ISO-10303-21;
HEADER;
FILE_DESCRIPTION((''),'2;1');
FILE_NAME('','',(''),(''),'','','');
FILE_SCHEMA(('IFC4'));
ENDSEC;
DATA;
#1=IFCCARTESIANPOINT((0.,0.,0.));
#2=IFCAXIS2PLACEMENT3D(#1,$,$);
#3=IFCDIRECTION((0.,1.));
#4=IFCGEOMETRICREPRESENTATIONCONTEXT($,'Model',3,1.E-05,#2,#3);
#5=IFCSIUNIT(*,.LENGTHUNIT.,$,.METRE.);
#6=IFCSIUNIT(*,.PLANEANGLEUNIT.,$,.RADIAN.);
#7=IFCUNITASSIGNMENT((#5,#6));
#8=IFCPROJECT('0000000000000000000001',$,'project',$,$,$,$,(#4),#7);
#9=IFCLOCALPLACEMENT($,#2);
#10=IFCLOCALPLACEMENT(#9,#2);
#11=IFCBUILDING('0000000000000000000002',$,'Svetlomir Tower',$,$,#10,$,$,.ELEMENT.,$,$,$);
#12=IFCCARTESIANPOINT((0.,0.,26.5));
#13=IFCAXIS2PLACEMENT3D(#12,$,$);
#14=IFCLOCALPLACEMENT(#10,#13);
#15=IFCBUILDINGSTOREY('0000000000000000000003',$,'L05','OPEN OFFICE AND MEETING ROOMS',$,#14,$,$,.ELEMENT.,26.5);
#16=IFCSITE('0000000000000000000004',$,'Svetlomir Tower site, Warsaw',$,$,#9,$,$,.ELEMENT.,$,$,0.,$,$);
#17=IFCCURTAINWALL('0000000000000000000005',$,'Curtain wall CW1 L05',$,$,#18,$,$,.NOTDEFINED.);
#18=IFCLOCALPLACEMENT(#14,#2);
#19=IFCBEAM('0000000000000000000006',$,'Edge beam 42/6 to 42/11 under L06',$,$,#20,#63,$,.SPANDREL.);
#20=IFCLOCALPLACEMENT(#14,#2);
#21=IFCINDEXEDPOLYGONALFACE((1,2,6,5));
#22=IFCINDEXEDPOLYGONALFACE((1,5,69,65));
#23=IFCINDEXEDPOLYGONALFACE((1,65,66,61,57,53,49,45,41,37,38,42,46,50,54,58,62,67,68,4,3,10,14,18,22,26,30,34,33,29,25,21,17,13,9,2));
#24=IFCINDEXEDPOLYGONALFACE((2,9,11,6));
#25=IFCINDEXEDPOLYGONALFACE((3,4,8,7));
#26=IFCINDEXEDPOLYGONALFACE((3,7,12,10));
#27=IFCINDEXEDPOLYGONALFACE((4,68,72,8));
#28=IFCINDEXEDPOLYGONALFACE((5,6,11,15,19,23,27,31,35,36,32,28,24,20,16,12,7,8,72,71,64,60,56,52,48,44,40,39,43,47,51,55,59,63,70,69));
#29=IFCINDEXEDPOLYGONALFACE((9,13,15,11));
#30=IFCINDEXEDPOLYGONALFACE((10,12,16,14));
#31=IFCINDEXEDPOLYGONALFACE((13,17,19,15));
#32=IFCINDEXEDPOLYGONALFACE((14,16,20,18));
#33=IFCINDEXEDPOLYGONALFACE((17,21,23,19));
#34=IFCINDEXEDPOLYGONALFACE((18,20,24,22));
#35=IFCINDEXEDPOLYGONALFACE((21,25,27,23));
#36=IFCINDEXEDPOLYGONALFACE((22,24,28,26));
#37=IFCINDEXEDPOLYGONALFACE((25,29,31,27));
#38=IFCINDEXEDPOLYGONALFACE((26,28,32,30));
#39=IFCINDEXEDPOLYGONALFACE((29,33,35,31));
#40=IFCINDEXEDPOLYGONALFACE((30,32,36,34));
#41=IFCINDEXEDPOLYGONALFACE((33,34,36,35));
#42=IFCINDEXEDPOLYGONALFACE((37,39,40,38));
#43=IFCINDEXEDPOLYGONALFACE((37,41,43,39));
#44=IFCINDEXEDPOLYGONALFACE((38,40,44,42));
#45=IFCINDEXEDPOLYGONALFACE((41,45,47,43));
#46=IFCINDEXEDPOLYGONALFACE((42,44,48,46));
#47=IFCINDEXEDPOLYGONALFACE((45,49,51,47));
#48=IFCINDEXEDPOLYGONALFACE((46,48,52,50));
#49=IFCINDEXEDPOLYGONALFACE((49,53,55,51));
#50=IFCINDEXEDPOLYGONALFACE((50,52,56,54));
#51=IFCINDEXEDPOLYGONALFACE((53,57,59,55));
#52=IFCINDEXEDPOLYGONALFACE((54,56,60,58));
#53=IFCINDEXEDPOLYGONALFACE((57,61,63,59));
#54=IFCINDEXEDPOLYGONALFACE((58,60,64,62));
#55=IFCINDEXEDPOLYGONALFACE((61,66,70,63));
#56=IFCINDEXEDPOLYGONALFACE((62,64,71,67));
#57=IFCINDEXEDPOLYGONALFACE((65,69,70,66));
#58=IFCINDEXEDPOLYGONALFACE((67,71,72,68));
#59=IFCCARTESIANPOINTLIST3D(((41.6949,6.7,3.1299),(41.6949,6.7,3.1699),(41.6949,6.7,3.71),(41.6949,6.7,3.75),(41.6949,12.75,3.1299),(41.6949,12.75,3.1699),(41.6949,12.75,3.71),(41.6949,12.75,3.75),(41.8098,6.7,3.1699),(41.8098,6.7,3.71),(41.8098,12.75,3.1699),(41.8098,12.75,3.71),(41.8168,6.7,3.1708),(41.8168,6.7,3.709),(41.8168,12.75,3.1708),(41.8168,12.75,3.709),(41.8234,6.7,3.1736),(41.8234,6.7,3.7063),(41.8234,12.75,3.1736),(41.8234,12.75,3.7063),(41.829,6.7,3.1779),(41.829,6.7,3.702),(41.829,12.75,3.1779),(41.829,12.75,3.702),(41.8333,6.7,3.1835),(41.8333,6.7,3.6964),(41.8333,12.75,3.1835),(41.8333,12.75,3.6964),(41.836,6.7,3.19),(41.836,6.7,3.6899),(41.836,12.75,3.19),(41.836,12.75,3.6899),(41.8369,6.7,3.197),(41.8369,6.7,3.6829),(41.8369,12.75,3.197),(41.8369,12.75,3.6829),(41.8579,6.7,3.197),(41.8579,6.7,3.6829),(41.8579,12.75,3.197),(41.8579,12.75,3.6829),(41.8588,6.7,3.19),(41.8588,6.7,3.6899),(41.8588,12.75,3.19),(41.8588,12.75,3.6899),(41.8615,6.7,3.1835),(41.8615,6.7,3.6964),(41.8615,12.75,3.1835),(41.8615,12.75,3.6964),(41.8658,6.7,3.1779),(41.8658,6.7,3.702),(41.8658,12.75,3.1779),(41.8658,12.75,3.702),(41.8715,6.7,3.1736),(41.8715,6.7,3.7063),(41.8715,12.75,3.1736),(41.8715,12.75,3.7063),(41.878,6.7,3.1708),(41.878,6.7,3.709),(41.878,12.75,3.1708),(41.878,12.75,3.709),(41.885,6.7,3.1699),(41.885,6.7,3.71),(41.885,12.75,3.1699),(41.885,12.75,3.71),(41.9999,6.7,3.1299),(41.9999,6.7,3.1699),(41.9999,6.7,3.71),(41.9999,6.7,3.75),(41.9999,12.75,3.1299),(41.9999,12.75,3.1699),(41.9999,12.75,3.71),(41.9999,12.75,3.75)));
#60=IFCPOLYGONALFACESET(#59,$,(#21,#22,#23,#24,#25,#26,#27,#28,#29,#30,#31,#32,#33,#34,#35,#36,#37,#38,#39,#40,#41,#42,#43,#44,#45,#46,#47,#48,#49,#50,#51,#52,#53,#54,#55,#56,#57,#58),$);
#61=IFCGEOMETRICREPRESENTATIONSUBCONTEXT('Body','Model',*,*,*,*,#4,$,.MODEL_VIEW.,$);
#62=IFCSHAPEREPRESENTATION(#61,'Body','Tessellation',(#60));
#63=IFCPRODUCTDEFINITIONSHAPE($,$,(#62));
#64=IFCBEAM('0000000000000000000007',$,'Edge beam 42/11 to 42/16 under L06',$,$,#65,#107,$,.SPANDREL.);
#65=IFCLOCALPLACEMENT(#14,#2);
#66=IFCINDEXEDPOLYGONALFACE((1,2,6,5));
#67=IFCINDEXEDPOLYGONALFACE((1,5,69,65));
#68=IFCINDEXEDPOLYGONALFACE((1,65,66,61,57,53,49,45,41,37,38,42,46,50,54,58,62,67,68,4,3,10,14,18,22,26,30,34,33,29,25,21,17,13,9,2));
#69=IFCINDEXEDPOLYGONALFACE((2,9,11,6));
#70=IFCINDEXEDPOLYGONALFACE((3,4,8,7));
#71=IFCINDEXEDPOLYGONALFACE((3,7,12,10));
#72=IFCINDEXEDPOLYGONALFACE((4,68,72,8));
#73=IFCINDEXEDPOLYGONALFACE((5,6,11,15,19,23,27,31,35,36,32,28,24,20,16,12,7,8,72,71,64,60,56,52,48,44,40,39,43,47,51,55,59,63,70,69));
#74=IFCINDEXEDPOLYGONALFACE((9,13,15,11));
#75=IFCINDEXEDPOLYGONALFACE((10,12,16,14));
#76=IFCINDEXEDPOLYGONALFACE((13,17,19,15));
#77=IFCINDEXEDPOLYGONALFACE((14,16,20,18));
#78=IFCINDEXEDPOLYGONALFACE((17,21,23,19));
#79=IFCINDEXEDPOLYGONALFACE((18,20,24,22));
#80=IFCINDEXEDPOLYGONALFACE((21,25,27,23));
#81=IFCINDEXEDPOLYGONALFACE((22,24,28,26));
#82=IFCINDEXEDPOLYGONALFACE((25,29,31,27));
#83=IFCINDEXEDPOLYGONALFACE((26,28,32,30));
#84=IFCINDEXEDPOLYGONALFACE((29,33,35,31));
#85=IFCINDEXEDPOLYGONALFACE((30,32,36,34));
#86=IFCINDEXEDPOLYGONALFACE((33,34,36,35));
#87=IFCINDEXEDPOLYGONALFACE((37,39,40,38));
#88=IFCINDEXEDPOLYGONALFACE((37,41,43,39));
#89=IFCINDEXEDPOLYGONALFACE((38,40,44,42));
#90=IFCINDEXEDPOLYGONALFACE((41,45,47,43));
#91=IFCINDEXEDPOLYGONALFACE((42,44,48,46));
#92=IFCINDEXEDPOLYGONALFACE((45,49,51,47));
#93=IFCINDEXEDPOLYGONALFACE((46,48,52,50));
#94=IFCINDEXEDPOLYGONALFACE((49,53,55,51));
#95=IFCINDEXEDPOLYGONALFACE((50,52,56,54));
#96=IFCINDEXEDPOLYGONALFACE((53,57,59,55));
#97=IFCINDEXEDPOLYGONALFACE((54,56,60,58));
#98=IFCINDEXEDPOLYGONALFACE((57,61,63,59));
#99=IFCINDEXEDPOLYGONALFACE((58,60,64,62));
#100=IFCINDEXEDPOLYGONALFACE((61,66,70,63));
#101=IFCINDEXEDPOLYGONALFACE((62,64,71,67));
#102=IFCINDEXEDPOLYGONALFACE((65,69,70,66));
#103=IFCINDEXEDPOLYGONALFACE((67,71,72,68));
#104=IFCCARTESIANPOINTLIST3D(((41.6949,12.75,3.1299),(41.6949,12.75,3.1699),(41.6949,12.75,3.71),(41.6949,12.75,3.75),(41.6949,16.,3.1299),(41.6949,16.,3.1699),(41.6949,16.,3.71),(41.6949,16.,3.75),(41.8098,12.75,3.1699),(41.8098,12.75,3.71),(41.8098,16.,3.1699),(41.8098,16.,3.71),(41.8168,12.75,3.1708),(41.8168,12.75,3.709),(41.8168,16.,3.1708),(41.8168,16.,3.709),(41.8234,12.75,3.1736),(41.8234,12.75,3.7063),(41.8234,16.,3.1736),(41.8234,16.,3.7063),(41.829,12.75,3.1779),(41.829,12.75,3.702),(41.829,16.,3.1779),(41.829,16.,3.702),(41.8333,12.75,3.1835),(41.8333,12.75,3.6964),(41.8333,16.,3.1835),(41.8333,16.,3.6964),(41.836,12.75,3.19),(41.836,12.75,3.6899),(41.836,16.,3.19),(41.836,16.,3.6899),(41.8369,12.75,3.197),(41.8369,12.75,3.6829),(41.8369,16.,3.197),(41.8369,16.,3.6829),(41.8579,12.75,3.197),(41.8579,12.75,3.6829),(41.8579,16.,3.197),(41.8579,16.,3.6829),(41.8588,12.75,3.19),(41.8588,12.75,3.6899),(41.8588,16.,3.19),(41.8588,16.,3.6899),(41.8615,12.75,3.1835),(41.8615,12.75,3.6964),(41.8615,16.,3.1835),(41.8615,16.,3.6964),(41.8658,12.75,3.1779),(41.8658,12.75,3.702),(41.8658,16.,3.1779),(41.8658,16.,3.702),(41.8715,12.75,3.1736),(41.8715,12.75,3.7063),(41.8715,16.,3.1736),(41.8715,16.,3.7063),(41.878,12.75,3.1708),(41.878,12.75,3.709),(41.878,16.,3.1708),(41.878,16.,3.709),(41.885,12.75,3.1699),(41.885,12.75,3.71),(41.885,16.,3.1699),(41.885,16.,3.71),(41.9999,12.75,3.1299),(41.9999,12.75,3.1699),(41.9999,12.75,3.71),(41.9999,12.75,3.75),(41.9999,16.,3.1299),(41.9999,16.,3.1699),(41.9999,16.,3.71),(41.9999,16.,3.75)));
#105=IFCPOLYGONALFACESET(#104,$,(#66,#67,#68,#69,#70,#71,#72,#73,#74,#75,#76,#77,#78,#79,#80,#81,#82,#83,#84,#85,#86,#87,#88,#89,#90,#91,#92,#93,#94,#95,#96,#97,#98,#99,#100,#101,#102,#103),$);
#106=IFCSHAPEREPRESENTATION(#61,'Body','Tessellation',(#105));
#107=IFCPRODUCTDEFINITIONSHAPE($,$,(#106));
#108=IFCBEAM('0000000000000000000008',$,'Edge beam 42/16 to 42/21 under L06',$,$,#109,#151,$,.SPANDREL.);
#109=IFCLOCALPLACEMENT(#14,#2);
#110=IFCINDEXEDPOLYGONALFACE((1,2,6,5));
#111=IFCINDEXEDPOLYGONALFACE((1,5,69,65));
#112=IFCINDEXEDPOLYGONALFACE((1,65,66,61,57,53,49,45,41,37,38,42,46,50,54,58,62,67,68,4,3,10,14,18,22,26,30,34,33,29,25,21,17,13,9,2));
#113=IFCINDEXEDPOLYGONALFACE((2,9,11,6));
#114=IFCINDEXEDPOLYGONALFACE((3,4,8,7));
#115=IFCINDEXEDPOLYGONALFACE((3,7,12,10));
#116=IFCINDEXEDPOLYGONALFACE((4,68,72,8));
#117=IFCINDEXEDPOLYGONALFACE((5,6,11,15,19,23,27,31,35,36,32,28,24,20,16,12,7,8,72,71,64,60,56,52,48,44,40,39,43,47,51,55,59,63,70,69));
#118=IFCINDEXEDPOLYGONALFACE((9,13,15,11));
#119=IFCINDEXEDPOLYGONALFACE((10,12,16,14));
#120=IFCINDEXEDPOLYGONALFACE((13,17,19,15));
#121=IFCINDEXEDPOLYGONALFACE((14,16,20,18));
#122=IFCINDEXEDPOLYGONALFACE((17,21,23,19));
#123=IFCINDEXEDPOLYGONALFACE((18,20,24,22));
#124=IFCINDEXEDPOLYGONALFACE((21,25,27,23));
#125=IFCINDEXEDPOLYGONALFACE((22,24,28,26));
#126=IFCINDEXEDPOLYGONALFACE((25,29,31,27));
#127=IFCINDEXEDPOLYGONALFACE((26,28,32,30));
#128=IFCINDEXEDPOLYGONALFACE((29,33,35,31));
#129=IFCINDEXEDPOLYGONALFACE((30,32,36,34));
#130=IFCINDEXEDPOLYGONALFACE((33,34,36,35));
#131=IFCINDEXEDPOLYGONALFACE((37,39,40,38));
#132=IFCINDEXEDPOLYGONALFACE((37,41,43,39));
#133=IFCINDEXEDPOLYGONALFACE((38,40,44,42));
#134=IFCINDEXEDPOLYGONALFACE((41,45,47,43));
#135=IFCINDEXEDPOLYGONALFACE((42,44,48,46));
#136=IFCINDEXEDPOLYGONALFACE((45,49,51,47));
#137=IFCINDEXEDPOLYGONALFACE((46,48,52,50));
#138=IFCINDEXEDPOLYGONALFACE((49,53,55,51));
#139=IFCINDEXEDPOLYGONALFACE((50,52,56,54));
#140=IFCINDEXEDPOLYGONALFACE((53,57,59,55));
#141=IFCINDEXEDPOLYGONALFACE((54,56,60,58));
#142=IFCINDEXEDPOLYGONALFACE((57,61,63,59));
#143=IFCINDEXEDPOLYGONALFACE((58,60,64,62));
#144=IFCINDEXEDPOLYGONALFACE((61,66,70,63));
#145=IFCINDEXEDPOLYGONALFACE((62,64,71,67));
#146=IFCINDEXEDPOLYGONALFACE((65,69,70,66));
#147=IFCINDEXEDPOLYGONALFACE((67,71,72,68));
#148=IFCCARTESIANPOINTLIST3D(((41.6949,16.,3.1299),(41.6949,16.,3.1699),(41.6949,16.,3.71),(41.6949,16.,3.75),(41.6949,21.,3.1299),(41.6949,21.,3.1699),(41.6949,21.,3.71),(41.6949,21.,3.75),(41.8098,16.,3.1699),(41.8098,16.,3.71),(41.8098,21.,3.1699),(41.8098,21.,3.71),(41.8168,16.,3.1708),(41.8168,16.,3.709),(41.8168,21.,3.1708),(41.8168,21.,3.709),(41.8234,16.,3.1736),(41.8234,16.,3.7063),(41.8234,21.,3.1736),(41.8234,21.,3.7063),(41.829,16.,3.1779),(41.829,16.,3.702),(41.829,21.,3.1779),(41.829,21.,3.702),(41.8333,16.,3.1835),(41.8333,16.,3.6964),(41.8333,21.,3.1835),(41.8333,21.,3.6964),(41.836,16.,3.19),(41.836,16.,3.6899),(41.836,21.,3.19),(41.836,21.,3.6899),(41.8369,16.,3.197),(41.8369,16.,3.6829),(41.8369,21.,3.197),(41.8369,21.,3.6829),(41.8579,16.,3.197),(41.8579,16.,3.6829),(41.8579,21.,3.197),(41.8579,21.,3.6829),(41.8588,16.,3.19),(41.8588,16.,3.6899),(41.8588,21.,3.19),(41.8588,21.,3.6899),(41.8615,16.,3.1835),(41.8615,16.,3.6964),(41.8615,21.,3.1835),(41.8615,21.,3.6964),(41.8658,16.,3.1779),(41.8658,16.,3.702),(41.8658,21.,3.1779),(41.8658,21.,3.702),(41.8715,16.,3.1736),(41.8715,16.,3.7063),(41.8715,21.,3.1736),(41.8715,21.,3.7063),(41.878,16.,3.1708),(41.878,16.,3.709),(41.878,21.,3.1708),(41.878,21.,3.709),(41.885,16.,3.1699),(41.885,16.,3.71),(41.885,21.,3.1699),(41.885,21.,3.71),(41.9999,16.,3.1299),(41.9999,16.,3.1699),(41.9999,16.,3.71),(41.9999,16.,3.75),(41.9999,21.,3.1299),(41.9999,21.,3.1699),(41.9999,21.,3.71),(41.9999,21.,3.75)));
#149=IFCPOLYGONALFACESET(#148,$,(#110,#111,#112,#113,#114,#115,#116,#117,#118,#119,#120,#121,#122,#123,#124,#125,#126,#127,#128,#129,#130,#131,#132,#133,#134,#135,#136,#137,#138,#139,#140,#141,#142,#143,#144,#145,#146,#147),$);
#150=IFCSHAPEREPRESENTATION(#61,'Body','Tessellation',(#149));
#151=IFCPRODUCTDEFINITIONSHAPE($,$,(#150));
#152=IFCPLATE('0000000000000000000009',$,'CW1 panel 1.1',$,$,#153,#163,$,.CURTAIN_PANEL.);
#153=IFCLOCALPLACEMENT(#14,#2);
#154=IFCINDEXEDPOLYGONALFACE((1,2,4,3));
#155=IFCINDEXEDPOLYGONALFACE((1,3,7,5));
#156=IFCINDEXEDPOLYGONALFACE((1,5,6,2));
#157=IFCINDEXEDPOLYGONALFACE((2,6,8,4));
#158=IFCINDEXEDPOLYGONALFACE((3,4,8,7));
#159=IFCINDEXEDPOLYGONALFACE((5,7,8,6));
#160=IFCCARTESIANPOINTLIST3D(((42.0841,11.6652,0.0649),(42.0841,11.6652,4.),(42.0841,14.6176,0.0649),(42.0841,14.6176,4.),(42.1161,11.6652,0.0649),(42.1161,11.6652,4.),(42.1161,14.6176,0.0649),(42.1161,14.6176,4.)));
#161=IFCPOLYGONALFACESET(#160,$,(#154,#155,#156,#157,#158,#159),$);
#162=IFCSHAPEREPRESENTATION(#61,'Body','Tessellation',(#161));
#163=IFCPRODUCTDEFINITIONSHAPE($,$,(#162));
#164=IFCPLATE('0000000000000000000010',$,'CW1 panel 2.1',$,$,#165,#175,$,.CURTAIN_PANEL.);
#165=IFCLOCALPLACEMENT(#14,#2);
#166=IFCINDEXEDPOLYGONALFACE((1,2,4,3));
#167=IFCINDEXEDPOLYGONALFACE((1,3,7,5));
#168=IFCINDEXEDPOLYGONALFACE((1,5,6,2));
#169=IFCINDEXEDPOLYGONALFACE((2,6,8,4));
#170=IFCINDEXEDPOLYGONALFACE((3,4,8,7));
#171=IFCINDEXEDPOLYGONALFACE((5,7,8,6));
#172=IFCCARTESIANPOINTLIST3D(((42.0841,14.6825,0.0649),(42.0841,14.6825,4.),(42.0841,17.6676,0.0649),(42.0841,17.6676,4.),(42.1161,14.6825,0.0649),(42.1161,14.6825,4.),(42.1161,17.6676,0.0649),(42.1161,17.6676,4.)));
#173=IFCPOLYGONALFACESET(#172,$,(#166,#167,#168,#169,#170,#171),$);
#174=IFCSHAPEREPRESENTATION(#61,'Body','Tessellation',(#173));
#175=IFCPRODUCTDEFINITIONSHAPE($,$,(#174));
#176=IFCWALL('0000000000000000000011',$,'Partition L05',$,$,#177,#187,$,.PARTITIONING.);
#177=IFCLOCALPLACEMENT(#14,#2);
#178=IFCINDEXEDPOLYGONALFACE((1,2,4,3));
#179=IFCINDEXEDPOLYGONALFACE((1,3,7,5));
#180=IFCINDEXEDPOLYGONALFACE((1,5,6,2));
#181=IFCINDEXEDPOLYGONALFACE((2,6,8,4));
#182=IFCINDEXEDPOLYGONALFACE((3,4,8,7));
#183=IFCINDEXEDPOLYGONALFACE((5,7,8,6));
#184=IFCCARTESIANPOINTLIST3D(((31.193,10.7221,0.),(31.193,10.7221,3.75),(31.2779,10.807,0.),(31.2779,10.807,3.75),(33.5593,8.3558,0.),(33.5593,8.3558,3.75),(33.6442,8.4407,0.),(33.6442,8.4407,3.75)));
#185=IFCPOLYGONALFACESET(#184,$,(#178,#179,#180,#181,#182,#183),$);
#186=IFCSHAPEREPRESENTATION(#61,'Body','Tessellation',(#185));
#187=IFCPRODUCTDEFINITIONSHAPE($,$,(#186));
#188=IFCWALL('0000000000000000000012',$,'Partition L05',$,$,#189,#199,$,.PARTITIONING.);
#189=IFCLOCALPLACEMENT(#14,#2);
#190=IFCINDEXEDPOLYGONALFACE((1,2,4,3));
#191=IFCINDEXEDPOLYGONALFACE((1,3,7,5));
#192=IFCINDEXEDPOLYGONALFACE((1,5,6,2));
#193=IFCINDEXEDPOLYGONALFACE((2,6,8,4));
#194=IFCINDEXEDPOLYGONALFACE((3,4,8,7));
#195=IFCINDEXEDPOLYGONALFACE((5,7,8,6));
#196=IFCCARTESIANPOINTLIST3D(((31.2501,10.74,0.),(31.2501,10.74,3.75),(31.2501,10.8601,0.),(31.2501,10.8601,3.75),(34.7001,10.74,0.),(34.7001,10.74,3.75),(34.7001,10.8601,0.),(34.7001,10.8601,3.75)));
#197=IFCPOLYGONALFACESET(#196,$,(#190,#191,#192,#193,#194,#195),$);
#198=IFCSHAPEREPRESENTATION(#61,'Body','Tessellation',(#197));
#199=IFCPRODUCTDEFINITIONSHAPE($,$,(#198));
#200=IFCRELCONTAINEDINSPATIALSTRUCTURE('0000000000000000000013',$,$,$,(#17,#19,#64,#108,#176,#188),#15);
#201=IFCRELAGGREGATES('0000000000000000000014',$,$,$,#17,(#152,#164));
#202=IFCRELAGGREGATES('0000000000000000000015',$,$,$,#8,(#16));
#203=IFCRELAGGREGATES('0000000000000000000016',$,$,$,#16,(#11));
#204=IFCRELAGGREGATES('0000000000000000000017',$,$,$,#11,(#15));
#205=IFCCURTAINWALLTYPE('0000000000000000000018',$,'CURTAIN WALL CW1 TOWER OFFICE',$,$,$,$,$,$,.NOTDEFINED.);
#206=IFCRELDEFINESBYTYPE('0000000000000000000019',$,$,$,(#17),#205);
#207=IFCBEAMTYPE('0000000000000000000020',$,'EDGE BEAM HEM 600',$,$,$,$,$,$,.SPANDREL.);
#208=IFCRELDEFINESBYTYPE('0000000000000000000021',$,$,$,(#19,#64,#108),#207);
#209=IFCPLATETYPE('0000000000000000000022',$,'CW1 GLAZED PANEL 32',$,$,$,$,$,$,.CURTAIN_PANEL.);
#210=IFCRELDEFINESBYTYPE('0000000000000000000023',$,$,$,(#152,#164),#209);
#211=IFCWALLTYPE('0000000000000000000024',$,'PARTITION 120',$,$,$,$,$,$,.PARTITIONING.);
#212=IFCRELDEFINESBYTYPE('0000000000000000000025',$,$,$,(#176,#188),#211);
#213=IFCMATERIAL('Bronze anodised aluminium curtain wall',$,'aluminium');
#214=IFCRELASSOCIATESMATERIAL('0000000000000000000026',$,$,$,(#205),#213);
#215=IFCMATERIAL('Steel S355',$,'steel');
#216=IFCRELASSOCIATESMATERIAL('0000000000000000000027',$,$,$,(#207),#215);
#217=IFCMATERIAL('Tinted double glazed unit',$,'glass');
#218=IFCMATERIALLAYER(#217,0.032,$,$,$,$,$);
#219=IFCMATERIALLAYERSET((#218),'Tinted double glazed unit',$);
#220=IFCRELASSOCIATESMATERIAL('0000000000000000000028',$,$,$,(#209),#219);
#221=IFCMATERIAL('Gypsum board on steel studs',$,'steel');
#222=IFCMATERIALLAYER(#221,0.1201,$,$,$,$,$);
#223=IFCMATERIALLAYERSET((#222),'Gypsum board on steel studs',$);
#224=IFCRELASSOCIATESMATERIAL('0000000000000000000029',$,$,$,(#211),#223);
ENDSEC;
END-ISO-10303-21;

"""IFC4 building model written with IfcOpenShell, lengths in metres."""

from ifc_helpers import new_model, si_unit, direction, frame, frame_2d, origin, origin_2d, place, context, subcontext, project, spatial, rectangle, i_section, extrude, material, layer, layer_set, material_profile, profile_set, type_object, element, aggregate, save


model = new_model("IFC4")

# Units and contexts
model_context = context("Model", 3, precision=1e-05, world=origin(), true_north=direction((0.0, 1.0)))
body_context = subcontext(model_context, "Body", "Model", "MODEL_VIEW")
ifc_project = project(units=[si_unit("LENGTHUNIT", "METRE"), si_unit("PLANEANGLEUNIT", "RADIAN")], contexts=[model_context])

# Site, building, storey
site_placement = place(None, origin())
site = spatial("IfcSite", under=ifc_project, at=site_placement, Name="Svetlomir Tower site, Warsaw", CompositionType="ELEMENT", RefElevation=0.0)
building_placement = place(site_placement, origin())
building = spatial("IfcBuilding", under=site, at=building_placement, Name="Svetlomir Tower", CompositionType="ELEMENT")
storey_placement = place(building_placement, frame((0.0, 0.0, 26.5)))
storey = spatial("IfcBuildingStorey", under=building, at=storey_placement, Name="L05", Description="OPEN OFFICE AND MEETING ROOMS", CompositionType="ELEMENT", Elevation=26.5)

# Curtain wall
ifc_material_1 = material(Name="Bronze anodised aluminium curtain wall", Category="aluminium")
curtain_wall_type = type_object("IfcCurtainWallType", Name="CURTAIN WALL CW1 TOWER OFFICE", PredefinedType="NOTDEFINED", material=ifc_material_1)
curtain_wall_1_placement = place(storey_placement, origin())
curtain_wall_1 = element("IfcCurtainWall", 1, at=curtain_wall_1_placement, inside=storey, type_object=curtain_wall_type, Name="Curtain wall CW1 L05", PredefinedType="NOTDEFINED")

# Beams
ifc_material_2 = material(Name="Steel S355", Category="steel")
ifc_material_profile_1 = material_profile(ifc_material_2, i_section(OverallWidth=0.3049, OverallDepth=0.6201, WebThickness=0.021, FlangeThickness=0.04, FilletRadius=0.0271, at=origin_2d()), Name="HEM 600")
ifc_profile_set_1 = profile_set([ifc_material_profile_1], Name="Steel S355")
beam_type_1 = type_object("IfcBeamType", Name="EDGE BEAM HEM 600", PredefinedType="SPANDREL", material=ifc_profile_set_1)
beam_1_placement = place(storey_placement, frame((41.8474, 6.7, 3.4399), z_axis=(0.0, 1.0, 0.0), x_axis=(-1.0, 0.0, 0.0)))
element("IfcBeam", 2, at=beam_1_placement, inside=storey, type_object=beam_type_1, Name="Edge beam 42/6 to 42/11 under L06", PredefinedType="SPANDREL", context=body_context, shape_type="SweptSolid", body=[
    extrude(i_section(OverallWidth=0.3049, OverallDepth=0.6201, WebThickness=0.021, FlangeThickness=0.04, FilletRadius=0.0271, at=origin_2d()), origin(), (0.0, 0.0, 1.0), 6.05),
])
beam_2_placement = place(storey_placement, frame((41.8474, 12.75, 3.4399), z_axis=(0.0, 1.0, 0.0), x_axis=(-1.0, 0.0, 0.0)))
element("IfcBeam", 3, at=beam_2_placement, inside=storey, type_object=beam_type_1, Name="Edge beam 42/11 to 42/16 under L06", PredefinedType="SPANDREL", context=body_context, shape_type="SweptSolid", body=[
    extrude(i_section(OverallWidth=0.3049, OverallDepth=0.6201, WebThickness=0.021, FlangeThickness=0.04, FilletRadius=0.0271, at=origin_2d()), origin(), (0.0, 0.0, 1.0), 3.25),
])
beam_3_placement = place(storey_placement, frame((41.8474, 16.0, 3.4399), z_axis=(0.0, 1.0, 0.0), x_axis=(-1.0, 0.0, 0.0)))
element("IfcBeam", 4, at=beam_3_placement, inside=storey, type_object=beam_type_1, Name="Edge beam 42/16 to 42/21 under L06", PredefinedType="SPANDREL", context=body_context, shape_type="SweptSolid", body=[
    extrude(i_section(OverallWidth=0.3049, OverallDepth=0.6201, WebThickness=0.021, FlangeThickness=0.04, FilletRadius=0.0271, at=origin_2d()), origin(), (0.0, 0.0, 1.0), 5.0),
])

# Plates
ifc_material_3 = material(Name="Tinted double glazed unit", Category="glass")
ifc_layer_1 = layer(ifc_material_3, 0.032)
ifc_layer_set_1 = layer_set([ifc_layer_1], Name="Tinted double glazed unit")
plate_type = type_object("IfcPlateType", Name="CW1 GLAZED PANEL 32", PredefinedType="CURTAIN_PANEL", material=ifc_layer_set_1)
plate_1_placement = place(storey_placement, frame((42.1001, 13.1414, 0.0649), z_axis=(0.0, 0.0, 1.0), x_axis=(0.0, 1.0, 0.0)))
plate_1 = element("IfcPlate", 5, at=plate_1_placement, type_object=plate_type, Name="CW1 panel 1.1", PredefinedType="CURTAIN_PANEL", context=body_context, shape_type="SweptSolid", body=[
    extrude(rectangle(XDim=2.9524, YDim=0.032, at=origin_2d()), origin(), (0.0, 0.0, 1.0), 3.9351),
])
plate_2_placement = place(storey_placement, frame((42.1001, 16.175, 0.0649), z_axis=(0.0, 0.0, 1.0), x_axis=(0.0, 1.0, 0.0)))
plate_2 = element("IfcPlate", 6, at=plate_2_placement, type_object=plate_type, Name="CW1 panel 2.1", PredefinedType="CURTAIN_PANEL", context=body_context, shape_type="SweptSolid", body=[
    extrude(rectangle(XDim=2.9851, YDim=0.032, at=origin_2d()), origin(), (0.0, 0.0, 1.0), 3.9351),
])
aggregate(curtain_wall_1, [plate_1, plate_2])

# Walls
ifc_material_4 = material(Name="Gypsum board on steel studs", Category="steel")
ifc_layer_2 = layer(ifc_material_4, 0.1201)
ifc_layer_set_2 = layer_set([ifc_layer_2], Name="Gypsum board on steel studs")
wall_type_1 = type_object("IfcWallType", Name="PARTITION 120", PredefinedType="PARTITIONING", material=ifc_layer_set_2)
wall_1_placement = place(storey_placement, frame((31.2354, 10.7646, 0.0), z_axis=(0.0, 0.0, 1.0), x_axis=(0.707107, -0.707107, 0.0)))
element("IfcWall", 7, at=wall_1_placement, inside=storey, type_object=wall_type_1, Name="Partition L05", PredefinedType="PARTITIONING", context=body_context, shape_type="SweptSolid", body=[
    extrude(rectangle(XDim=3.3464, YDim=0.1201, at=frame_2d((1.6733, 0.0))), origin(), (0.0, 0.0, 1.0), 3.75),
])
for number, where, z_axis, x_axis, name in (
    (8, (31.25, 10.8, 0.0), (0.0, 0.0, 1.0), (1.0, 0.0, 0.0), "Partition L05"),
):
    element("IfcWall", number, at=place(storey_placement, frame(where, z_axis=z_axis, x_axis=x_axis)), inside=storey, type_object=wall_type_1, Name=name, PredefinedType="PARTITIONING", context=body_context, shape_type="SweptSolid", body=[
        extrude(rectangle(XDim=3.45, YDim=0.1201, at=frame_2d((1.7251, 0.0))), origin(), (0.0, 0.0, 1.0), 3.75),
    ])

save(model, "model.ifc")
